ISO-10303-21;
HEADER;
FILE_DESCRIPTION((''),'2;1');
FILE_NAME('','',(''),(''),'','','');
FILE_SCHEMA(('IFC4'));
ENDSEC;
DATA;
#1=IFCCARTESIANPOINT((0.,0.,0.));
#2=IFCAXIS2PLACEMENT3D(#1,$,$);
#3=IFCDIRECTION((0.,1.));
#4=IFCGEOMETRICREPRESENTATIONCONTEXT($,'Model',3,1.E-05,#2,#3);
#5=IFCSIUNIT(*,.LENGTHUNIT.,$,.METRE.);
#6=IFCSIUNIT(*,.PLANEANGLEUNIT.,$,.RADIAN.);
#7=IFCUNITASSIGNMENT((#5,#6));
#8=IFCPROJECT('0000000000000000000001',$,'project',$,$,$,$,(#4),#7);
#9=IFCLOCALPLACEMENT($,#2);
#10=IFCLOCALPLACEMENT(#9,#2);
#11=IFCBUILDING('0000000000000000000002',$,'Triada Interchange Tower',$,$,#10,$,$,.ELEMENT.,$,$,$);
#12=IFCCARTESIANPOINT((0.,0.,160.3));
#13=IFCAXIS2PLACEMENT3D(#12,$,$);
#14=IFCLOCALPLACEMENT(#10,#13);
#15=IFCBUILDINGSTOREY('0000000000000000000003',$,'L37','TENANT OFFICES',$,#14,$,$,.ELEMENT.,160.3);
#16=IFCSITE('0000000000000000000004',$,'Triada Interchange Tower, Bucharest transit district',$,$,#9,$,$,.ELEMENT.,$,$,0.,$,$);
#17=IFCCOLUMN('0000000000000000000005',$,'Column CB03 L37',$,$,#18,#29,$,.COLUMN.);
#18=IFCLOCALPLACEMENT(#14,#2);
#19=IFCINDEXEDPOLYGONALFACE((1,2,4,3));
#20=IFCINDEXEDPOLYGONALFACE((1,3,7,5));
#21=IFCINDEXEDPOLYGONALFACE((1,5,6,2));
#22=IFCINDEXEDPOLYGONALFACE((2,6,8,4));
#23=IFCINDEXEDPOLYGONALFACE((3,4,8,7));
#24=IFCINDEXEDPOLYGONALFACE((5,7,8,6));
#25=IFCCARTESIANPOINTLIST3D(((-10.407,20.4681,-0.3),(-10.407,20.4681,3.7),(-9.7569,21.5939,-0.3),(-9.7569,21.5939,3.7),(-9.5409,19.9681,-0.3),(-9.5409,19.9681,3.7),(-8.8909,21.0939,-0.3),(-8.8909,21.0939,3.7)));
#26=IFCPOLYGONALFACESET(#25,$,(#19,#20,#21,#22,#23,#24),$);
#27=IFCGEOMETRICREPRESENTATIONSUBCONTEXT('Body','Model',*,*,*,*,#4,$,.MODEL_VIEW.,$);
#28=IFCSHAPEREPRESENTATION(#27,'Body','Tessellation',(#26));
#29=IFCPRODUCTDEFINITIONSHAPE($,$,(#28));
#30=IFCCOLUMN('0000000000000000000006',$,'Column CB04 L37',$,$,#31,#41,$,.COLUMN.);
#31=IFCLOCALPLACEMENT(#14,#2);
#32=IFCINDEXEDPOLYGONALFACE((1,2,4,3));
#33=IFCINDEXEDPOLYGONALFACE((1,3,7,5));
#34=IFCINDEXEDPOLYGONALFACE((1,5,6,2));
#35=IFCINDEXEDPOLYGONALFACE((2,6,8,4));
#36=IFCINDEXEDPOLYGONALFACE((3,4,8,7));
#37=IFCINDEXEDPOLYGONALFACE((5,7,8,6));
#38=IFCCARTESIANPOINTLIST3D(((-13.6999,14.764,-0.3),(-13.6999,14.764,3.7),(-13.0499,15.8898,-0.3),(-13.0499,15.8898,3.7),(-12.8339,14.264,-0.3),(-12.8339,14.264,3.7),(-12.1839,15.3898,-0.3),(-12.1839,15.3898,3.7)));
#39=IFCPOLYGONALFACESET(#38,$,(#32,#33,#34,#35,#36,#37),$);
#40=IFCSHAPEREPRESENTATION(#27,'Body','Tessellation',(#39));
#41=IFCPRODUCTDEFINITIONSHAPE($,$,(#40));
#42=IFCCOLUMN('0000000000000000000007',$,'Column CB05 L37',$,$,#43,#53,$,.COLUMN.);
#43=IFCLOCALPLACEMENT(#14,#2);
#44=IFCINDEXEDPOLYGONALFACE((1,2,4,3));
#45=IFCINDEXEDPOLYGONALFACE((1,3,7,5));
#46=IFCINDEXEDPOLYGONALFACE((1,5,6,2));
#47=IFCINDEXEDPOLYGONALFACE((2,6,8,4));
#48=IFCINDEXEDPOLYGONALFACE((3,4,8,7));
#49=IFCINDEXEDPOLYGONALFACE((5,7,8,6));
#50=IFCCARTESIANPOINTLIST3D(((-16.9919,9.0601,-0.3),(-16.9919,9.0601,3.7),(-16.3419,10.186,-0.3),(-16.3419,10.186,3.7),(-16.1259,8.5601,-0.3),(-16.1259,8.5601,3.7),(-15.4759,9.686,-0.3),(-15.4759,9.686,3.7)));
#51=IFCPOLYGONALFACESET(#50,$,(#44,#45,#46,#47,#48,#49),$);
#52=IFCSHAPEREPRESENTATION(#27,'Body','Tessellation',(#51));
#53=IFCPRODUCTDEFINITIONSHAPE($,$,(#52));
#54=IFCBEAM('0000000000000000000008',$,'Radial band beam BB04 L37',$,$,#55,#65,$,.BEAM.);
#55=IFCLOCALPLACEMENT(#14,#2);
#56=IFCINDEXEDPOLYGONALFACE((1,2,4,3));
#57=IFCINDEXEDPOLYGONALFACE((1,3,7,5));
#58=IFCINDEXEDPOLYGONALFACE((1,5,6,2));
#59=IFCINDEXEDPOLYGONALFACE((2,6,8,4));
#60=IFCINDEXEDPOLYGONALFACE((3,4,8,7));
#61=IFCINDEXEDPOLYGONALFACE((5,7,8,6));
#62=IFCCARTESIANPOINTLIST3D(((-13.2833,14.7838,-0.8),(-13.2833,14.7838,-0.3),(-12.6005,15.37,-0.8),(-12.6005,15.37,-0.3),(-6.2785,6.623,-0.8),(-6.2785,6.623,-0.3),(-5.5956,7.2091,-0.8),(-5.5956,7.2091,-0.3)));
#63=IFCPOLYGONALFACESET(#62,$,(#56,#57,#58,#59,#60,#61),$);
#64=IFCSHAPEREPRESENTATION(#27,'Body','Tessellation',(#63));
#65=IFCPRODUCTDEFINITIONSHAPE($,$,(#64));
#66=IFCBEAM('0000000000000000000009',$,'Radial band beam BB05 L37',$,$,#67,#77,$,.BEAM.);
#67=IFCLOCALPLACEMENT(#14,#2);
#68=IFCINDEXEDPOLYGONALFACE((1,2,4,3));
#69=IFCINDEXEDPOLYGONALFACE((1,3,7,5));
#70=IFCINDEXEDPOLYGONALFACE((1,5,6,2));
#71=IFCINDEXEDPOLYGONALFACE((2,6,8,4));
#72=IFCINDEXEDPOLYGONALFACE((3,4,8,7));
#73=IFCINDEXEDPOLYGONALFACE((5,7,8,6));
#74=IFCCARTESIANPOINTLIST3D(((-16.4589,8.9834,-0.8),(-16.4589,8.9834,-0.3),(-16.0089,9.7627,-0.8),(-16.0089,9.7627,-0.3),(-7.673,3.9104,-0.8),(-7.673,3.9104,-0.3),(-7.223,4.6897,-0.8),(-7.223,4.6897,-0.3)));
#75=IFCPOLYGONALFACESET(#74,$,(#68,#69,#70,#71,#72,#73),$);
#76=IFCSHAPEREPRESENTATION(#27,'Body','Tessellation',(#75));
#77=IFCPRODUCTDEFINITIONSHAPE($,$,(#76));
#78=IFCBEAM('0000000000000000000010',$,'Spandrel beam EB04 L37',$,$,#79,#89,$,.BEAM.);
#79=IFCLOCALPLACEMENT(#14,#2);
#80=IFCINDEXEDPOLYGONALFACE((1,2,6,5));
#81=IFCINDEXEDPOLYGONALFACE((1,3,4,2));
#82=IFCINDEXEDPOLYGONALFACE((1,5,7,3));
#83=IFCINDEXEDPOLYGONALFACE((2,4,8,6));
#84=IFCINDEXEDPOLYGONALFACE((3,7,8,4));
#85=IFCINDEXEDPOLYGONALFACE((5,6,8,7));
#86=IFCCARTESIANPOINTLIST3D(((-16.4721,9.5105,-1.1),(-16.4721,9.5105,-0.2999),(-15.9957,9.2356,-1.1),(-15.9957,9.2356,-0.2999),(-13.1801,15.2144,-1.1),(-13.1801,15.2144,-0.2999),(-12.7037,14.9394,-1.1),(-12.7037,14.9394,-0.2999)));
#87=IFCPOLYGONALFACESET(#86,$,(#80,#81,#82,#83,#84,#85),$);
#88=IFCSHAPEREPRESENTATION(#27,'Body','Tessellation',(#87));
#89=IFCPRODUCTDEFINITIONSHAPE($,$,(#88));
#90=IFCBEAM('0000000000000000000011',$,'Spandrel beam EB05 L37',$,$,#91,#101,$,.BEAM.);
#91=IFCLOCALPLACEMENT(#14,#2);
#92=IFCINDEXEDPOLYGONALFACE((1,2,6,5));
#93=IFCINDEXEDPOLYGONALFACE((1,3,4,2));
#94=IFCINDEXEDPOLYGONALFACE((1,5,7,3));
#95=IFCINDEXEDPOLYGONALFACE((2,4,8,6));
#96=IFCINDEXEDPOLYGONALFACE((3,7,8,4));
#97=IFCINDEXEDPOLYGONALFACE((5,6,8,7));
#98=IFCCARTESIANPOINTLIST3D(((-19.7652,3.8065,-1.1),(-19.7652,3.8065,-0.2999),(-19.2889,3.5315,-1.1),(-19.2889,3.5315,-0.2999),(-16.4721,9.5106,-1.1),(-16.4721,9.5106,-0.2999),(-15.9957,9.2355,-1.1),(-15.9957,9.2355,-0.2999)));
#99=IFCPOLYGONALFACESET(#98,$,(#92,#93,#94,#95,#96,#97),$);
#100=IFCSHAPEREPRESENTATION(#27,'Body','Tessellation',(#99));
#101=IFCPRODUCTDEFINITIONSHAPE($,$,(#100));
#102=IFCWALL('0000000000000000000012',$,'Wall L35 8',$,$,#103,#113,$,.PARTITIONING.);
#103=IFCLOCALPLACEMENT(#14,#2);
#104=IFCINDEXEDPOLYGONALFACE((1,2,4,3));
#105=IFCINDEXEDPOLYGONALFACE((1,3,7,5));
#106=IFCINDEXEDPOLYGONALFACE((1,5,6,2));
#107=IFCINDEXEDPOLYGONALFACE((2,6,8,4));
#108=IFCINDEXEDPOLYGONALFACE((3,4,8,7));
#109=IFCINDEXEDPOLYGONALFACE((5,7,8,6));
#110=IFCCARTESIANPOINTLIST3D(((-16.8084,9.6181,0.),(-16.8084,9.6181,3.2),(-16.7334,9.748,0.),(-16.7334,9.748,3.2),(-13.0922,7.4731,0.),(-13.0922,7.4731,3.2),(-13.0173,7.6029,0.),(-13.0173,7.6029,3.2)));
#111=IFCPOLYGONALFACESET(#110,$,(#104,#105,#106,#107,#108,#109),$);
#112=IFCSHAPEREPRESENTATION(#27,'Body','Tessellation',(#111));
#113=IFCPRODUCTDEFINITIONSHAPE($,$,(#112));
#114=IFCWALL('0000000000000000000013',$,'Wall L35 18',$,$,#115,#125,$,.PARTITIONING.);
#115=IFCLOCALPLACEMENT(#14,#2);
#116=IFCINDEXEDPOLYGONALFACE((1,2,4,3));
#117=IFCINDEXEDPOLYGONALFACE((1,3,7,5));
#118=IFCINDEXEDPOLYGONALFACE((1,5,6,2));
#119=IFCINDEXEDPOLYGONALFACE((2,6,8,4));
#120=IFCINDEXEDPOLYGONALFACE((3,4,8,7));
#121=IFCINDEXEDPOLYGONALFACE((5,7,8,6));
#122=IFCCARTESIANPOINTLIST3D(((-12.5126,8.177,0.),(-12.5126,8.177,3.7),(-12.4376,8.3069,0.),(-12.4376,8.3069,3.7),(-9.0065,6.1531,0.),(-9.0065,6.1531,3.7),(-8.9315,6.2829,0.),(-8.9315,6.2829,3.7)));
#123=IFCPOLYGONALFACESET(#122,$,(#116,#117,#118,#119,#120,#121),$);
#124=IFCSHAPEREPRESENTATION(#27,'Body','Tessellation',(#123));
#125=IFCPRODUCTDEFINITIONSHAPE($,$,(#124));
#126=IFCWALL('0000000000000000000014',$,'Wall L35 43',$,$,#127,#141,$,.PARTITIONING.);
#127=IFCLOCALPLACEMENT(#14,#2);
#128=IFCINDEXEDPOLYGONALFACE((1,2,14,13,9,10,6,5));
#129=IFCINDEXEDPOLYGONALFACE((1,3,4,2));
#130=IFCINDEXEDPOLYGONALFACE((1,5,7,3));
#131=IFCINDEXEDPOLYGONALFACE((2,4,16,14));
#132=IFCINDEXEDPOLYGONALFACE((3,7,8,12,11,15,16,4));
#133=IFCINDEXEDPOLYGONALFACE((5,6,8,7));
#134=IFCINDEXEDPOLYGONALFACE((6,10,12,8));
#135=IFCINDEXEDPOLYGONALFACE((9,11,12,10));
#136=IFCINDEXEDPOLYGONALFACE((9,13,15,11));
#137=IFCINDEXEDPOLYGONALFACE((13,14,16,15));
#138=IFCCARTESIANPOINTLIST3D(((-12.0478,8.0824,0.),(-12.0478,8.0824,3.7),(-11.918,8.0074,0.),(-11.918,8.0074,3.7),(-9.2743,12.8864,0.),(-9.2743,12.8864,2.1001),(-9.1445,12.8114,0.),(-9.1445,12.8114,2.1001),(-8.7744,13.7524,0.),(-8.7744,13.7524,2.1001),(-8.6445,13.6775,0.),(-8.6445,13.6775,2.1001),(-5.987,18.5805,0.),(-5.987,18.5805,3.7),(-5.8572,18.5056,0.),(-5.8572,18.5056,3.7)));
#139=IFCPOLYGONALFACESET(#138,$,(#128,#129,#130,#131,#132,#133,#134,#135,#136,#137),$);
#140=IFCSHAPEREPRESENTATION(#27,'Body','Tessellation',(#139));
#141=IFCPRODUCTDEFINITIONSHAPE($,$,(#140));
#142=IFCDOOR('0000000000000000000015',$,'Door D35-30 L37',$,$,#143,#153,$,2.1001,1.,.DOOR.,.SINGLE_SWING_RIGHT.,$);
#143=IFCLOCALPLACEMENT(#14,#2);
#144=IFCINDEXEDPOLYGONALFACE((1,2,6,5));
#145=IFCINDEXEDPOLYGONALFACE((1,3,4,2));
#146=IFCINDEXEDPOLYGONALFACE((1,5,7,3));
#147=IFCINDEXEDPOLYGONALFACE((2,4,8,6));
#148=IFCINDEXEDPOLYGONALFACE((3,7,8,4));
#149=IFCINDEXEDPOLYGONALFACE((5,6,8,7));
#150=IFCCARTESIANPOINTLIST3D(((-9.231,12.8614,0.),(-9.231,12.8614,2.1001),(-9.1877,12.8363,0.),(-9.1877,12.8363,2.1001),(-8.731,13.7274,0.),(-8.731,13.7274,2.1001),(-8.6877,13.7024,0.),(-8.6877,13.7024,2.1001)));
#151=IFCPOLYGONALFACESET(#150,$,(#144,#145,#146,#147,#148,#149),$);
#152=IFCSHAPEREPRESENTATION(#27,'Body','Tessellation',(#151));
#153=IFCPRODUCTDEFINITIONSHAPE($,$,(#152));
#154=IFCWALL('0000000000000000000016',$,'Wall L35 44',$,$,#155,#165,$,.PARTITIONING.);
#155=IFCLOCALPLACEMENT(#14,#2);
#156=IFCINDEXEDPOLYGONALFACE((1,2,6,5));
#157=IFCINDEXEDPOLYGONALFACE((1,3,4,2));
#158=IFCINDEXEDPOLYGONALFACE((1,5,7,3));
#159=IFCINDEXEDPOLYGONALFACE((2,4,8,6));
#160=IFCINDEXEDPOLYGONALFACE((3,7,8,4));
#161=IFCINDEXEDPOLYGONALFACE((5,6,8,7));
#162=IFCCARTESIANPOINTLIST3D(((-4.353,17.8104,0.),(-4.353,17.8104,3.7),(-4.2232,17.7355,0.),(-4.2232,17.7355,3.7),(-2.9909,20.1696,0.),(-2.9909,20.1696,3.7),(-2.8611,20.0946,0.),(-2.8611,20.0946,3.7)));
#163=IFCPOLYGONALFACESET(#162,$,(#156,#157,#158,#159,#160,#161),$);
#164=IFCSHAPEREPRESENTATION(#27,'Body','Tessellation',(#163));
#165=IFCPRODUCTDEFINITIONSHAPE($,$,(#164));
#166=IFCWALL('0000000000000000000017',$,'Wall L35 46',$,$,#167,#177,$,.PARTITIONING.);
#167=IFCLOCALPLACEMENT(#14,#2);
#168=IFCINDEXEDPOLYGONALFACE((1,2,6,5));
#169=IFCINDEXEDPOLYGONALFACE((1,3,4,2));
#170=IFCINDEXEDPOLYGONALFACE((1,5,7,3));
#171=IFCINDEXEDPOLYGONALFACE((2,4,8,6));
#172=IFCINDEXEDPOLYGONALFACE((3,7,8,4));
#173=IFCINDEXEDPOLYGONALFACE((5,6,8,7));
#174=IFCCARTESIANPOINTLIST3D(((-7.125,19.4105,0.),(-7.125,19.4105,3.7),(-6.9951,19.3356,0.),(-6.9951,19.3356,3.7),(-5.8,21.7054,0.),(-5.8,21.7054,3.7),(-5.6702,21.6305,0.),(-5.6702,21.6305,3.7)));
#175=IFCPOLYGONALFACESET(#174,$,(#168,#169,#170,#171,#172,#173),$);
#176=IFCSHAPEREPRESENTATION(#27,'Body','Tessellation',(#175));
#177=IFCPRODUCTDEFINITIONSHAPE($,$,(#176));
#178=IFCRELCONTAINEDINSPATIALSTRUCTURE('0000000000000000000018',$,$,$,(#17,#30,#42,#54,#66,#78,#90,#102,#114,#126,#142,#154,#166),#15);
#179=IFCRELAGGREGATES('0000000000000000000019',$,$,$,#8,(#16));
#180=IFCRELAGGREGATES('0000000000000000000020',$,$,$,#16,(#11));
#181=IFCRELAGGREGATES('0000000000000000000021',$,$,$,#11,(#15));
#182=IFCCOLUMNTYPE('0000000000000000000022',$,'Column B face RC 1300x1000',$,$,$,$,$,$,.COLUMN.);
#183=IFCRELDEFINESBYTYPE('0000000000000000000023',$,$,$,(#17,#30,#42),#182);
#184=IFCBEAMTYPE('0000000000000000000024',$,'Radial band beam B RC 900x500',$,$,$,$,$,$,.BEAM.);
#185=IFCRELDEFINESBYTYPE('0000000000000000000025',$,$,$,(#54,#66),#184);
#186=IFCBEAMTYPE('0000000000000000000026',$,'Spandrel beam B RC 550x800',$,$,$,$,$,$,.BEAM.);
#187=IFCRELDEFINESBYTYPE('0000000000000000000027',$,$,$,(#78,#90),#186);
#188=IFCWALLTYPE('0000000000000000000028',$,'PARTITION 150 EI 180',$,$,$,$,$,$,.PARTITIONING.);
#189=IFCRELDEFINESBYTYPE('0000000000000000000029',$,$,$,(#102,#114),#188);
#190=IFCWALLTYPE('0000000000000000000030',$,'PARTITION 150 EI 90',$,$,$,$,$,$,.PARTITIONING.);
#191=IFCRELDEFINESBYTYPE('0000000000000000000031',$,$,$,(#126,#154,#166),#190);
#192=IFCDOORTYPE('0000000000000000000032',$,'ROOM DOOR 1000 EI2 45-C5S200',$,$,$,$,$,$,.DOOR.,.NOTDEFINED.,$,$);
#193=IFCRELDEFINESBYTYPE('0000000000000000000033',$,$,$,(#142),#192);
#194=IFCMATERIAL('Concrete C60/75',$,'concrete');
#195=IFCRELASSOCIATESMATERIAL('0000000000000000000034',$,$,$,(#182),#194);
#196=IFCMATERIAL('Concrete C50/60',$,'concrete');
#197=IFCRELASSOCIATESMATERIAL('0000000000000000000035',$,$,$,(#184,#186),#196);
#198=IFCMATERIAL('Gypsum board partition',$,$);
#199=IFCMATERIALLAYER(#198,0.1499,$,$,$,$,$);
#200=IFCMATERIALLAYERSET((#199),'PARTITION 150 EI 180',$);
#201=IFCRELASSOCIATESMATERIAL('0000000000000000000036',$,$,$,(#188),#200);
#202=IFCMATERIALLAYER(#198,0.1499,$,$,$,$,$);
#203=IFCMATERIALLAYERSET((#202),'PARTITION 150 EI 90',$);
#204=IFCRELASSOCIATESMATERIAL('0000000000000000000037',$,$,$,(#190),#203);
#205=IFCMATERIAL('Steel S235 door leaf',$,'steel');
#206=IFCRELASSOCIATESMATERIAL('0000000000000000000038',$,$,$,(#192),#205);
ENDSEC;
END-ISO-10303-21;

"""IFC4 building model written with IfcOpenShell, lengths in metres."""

from ifc_helpers import new_model, si_unit, direction, frame, frame_2d, origin, origin_2d, place, context, subcontext, project, spatial, rectangle, extrude, material, layer, layer_set, material_profile, profile_set, type_object, element, fill, save


model = new_model("IFC4")

# Units and contexts
model_context = context("Model", 3, precision=1e-05, world=origin(), true_north=direction((0.0, 1.0)))
body_context = subcontext(model_context, "Body", "Model", "MODEL_VIEW")
ifc_project = project(units=[si_unit("LENGTHUNIT", "METRE"), si_unit("PLANEANGLEUNIT", "RADIAN")], contexts=[model_context])

# Site, building, storey
site_placement = place(None, origin())
site = spatial("IfcSite", under=ifc_project, at=site_placement, Name="Triada Interchange Tower, Bucharest transit district", CompositionType="ELEMENT", RefElevation=0.0)
building_placement = place(site_placement, origin())
building = spatial("IfcBuilding", under=site, at=building_placement, Name="Triada Interchange Tower", CompositionType="ELEMENT")
storey_placement = place(building_placement, frame((0.0, 0.0, 160.3)))
storey = spatial("IfcBuildingStorey", under=building, at=storey_placement, Name="L37", Description="TENANT OFFICES", CompositionType="ELEMENT", Elevation=160.3)

# Columns
ifc_material_1 = material(Name="Concrete C60/75", Category="concrete")
ifc_material_profile_1 = material_profile(ifc_material_1, rectangle(XDim=1.3, YDim=1.0, at=origin_2d()), Name="RC 1300x1000")
ifc_profile_set_1 = profile_set([ifc_material_profile_1], Name="Concrete C60/75")
column_type = type_object("IfcColumnType", Name="Column B face RC 1300x1000", PredefinedType="COLUMN", material=ifc_profile_set_1)
for number, where, z_axis, x_axis, name in (
    (1, (-9.6489, 20.781, -0.3), (0.0, 0.0, 1.0), (0.5, 0.866025, 0.0), "Column CB03 L37"),
    (2, (-12.9419, 15.0769, -0.3), (0.0, 0.0, 1.0), (0.5, 0.866025, 0.0), "Column CB04 L37"),
    (3, (-16.2339, 9.373, -0.3), (0.0, 0.0, 1.0), (0.5, 0.866025, 0.0), "Column CB05 L37"),
):
    element("IfcColumn", number, at=place(storey_placement, frame(where, z_axis=z_axis, x_axis=x_axis)), inside=storey, type_object=column_type, Name=name, PredefinedType="COLUMN", context=body_context, shape_type="SweptSolid", body=[
        extrude(rectangle(XDim=1.3, YDim=1.0, at=origin_2d()), origin(), (0.0, 0.0, 1.0), 4.0),
    ])

# Beams
ifc_material_2 = material(Name="Concrete C50/60", Category="concrete")
ifc_material_profile_2 = material_profile(ifc_material_2, rectangle(XDim=0.8999, YDim=0.5, at=origin_2d()), Name="RC 900x500")
ifc_profile_set_2 = profile_set([ifc_material_profile_2], Name="Concrete C50/60")
beam_type_1 = type_object("IfcBeamType", Name="Radial band beam B RC 900x500", PredefinedType="BEAM", material=ifc_profile_set_2)
beam_1_placement = place(storey_placement, frame((-12.9419, 15.0769, -0.55), z_axis=(0.651318, -0.758805, 0.0), x_axis=(0.758805, 0.651318, 0.0)))
element("IfcBeam", 4, at=beam_1_placement, inside=storey, type_object=beam_type_1, Name="Radial band beam BB04 L37", PredefinedType="BEAM", context=body_context, shape_type="SweptSolid", body=[
    extrude(rectangle(XDim=0.8999, YDim=0.5, at=origin_2d()), origin(), (0.0, 0.0, 1.0), 10.7549),
])
beam_2_placement = place(storey_placement, frame((-16.2339, 9.373, -0.55), z_axis=(0.866006, -0.500034, 0.0), x_axis=(0.500034, 0.866006, 0.0)))
element("IfcBeam", 5, at=beam_2_placement, inside=storey, type_object=beam_type_1, Name="Radial band beam BB05 L37", PredefinedType="BEAM", context=body_context, shape_type="SweptSolid", body=[
    extrude(rectangle(XDim=0.8999, YDim=0.5, at=origin_2d()), origin(), (0.0, 0.0, 1.0), 10.1453),
])
ifc_material_profile_3 = material_profile(ifc_material_2, rectangle(XDim=0.55, YDim=0.8, at=origin_2d()), Name="RC 550x800")
ifc_profile_set_3 = profile_set([ifc_material_profile_3], Name="Concrete C50/60")
beam_type_2 = type_object("IfcBeamType", Name="Spandrel beam B RC 550x800", PredefinedType="BEAM", material=ifc_profile_set_3)
beam_3_placement = place(storey_placement, frame((-12.9419, 15.0769, -0.7), z_axis=(-0.499871, -0.8661, 0.0), x_axis=(0.8661, -0.499871, 0.0)))
element("IfcBeam", 6, at=beam_3_placement, inside=storey, type_object=beam_type_2, Name="Spandrel beam EB04 L37", PredefinedType="BEAM", context=body_context, shape_type="SweptSolid", body=[
    extrude(rectangle(XDim=0.55, YDim=0.8, at=origin_2d()), origin(), (0.0, 0.0, 1.0), 6.5857),
])
beam_4_placement = place(storey_placement, frame((-16.2339, 9.373, -0.7), z_axis=(-0.499994, -0.866029, 0.0), x_axis=(0.866029, -0.499994, 0.0)))
element("IfcBeam", 7, at=beam_4_placement, inside=storey, type_object=beam_type_2, Name="Spandrel beam EB05 L37", PredefinedType="BEAM", context=body_context, shape_type="SweptSolid", body=[
    extrude(rectangle(XDim=0.55, YDim=0.8, at=origin_2d()), origin(), (0.0, 0.0, 1.0), 6.5864),
])

# Shared definitions
ifc_material_3 = material(Name="Steel S235 door leaf", Category="steel")

# Walls
ifc_material_4 = material(Name="Gypsum board partition")
ifc_layer_1 = layer(ifc_material_4, 0.1499)
ifc_layer_set_1 = layer_set([ifc_layer_1], Name="PARTITION 150 EI 180")
wall_type_1 = type_object("IfcWallType", Name="PARTITION 150 EI 180", PredefinedType="PARTITIONING", material=ifc_layer_set_1)
wall_1_placement = place(storey_placement, frame((-16.771, 9.6831, 0.0), z_axis=(0.0, 0.0, 1.0), x_axis=(0.866071, -0.499921, 0.0)))
element("IfcWall", 8, at=wall_1_placement, inside=storey, type_object=wall_type_1, Name="Wall L35 8", PredefinedType="PARTITIONING", context=body_context, shape_type="SweptSolid", body=[
    extrude(rectangle(XDim=4.2908, YDim=0.1499, at=frame_2d((2.1455, 0.0))), origin(), (0.0, 0.0, 1.0), 3.2),
])
wall_2_placement = place(storey_placement, frame((-12.4751, 8.2419, 0.0), z_axis=(0.0, 0.0, 1.0), x_axis=(0.86606, -0.49994, 0.0)))
element("IfcWall", 9, at=wall_2_placement, inside=storey, type_object=wall_type_1, Name="Wall L35 18", PredefinedType="PARTITIONING", context=body_context, shape_type="SweptSolid", body=[
    extrude(rectangle(XDim=4.0483, YDim=0.1499, at=frame_2d((2.0242, 0.0))), origin(), (0.0, 0.0, 1.0), 3.7),
])

# Wall, opening, door
ifc_layer_2 = layer(ifc_material_4, 0.1499)
ifc_layer_set_2 = layer_set([ifc_layer_2], Name="PARTITION 150 EI 90")
wall_type_2 = type_object("IfcWallType", Name="PARTITION 150 EI 90", PredefinedType="PARTITIONING", material=ifc_layer_set_2)
wall_3_placement = place(storey_placement, frame((-11.9829, 8.0449, 0.0), z_axis=(0.0, 0.0, 1.0), x_axis=(0.499984, 0.866035, 0.0)))
wall_3 = element("IfcWall", 10, at=wall_3_placement, inside=storey, type_object=wall_type_2, Name="Wall L35 43", PredefinedType="PARTITIONING", context=body_context, shape_type="SweptSolid", body=[
    extrude(rectangle(XDim=12.1221, YDim=0.1499, at=frame_2d((6.061, 0.0))), origin(), (0.0, 0.0, 1.0), 3.7),
])
opening_1_placement = place(wall_3_placement, frame((5.5471, 0.0, 0.0)))
opening_1 = element("IfcOpeningElement", 11, at=opening_1_placement, cuts=wall_3, PredefinedType="OPENING", context=body_context, shape_type="SweptSolid", body=[
    extrude(rectangle(XDim=1.0, YDim=2.1001, at=frame_2d((0.5, 1.05))), frame((0.0, 0.085, 0.0), z_axis=(0.0, -1.0, 0.0), x_axis=(1.0, 0.0, 0.0)), (0.0, 0.0, 1.0), 0.1699),
])
door_type_1 = type_object("IfcDoorType", Name="ROOM DOOR 1000 EI2 45-C5S200", OperationType="NOTDEFINED", PredefinedType="DOOR", material=ifc_material_3)
door_1_placement = place(opening_1_placement, origin())
door_1 = element("IfcDoor", 12, at=door_1_placement, inside=storey, type_object=door_type_1, Name="Door D35-30 L37", OperationType="SINGLE_SWING_RIGHT", OverallHeight=2.1001, OverallWidth=1.0, PredefinedType="DOOR", context=body_context, shape_type="SweptSolid", body=[
    extrude(rectangle(XDim=1.0, YDim=2.1001, at=frame_2d((0.5, 1.05))), frame((0.0, 0.0249, 0.0), z_axis=(0.0, -1.0, 0.0), x_axis=(1.0, 0.0, 0.0)), (0.0, 0.0, 1.0), 0.05),
])
fill(opening_1, door_1)

# Walls
wall_4_placement = place(storey_placement, frame((-4.2881, 17.7729, 0.0), z_axis=(0.0, 0.0, 1.0), x_axis=(0.500004, 0.866023, 0.0)))
element("IfcWall", 13, at=wall_4_placement, inside=storey, type_object=wall_type_2, Name="Wall L35 44", PredefinedType="PARTITIONING", context=body_context, shape_type="SweptSolid", body=[
    extrude(rectangle(XDim=2.7241, YDim=0.1499, at=frame_2d((1.3621, 0.0))), origin(), (0.0, 0.0, 1.0), 3.7),
])
wall_5_placement = place(storey_placement, frame((-7.0601, 19.373, 0.0), z_axis=(0.0, 0.0, 1.0), x_axis=(0.499994, 0.866029, 0.0)))
element("IfcWall", 14, at=wall_5_placement, inside=storey, type_object=wall_type_2, Name="Wall L35 46", PredefinedType="PARTITIONING", context=body_context, shape_type="SweptSolid", body=[
    extrude(rectangle(XDim=2.6499, YDim=0.1499, at=frame_2d((1.325, 0.0))), origin(), (0.0, 0.0, 1.0), 3.7),
])

save(model, "model.ifc")
